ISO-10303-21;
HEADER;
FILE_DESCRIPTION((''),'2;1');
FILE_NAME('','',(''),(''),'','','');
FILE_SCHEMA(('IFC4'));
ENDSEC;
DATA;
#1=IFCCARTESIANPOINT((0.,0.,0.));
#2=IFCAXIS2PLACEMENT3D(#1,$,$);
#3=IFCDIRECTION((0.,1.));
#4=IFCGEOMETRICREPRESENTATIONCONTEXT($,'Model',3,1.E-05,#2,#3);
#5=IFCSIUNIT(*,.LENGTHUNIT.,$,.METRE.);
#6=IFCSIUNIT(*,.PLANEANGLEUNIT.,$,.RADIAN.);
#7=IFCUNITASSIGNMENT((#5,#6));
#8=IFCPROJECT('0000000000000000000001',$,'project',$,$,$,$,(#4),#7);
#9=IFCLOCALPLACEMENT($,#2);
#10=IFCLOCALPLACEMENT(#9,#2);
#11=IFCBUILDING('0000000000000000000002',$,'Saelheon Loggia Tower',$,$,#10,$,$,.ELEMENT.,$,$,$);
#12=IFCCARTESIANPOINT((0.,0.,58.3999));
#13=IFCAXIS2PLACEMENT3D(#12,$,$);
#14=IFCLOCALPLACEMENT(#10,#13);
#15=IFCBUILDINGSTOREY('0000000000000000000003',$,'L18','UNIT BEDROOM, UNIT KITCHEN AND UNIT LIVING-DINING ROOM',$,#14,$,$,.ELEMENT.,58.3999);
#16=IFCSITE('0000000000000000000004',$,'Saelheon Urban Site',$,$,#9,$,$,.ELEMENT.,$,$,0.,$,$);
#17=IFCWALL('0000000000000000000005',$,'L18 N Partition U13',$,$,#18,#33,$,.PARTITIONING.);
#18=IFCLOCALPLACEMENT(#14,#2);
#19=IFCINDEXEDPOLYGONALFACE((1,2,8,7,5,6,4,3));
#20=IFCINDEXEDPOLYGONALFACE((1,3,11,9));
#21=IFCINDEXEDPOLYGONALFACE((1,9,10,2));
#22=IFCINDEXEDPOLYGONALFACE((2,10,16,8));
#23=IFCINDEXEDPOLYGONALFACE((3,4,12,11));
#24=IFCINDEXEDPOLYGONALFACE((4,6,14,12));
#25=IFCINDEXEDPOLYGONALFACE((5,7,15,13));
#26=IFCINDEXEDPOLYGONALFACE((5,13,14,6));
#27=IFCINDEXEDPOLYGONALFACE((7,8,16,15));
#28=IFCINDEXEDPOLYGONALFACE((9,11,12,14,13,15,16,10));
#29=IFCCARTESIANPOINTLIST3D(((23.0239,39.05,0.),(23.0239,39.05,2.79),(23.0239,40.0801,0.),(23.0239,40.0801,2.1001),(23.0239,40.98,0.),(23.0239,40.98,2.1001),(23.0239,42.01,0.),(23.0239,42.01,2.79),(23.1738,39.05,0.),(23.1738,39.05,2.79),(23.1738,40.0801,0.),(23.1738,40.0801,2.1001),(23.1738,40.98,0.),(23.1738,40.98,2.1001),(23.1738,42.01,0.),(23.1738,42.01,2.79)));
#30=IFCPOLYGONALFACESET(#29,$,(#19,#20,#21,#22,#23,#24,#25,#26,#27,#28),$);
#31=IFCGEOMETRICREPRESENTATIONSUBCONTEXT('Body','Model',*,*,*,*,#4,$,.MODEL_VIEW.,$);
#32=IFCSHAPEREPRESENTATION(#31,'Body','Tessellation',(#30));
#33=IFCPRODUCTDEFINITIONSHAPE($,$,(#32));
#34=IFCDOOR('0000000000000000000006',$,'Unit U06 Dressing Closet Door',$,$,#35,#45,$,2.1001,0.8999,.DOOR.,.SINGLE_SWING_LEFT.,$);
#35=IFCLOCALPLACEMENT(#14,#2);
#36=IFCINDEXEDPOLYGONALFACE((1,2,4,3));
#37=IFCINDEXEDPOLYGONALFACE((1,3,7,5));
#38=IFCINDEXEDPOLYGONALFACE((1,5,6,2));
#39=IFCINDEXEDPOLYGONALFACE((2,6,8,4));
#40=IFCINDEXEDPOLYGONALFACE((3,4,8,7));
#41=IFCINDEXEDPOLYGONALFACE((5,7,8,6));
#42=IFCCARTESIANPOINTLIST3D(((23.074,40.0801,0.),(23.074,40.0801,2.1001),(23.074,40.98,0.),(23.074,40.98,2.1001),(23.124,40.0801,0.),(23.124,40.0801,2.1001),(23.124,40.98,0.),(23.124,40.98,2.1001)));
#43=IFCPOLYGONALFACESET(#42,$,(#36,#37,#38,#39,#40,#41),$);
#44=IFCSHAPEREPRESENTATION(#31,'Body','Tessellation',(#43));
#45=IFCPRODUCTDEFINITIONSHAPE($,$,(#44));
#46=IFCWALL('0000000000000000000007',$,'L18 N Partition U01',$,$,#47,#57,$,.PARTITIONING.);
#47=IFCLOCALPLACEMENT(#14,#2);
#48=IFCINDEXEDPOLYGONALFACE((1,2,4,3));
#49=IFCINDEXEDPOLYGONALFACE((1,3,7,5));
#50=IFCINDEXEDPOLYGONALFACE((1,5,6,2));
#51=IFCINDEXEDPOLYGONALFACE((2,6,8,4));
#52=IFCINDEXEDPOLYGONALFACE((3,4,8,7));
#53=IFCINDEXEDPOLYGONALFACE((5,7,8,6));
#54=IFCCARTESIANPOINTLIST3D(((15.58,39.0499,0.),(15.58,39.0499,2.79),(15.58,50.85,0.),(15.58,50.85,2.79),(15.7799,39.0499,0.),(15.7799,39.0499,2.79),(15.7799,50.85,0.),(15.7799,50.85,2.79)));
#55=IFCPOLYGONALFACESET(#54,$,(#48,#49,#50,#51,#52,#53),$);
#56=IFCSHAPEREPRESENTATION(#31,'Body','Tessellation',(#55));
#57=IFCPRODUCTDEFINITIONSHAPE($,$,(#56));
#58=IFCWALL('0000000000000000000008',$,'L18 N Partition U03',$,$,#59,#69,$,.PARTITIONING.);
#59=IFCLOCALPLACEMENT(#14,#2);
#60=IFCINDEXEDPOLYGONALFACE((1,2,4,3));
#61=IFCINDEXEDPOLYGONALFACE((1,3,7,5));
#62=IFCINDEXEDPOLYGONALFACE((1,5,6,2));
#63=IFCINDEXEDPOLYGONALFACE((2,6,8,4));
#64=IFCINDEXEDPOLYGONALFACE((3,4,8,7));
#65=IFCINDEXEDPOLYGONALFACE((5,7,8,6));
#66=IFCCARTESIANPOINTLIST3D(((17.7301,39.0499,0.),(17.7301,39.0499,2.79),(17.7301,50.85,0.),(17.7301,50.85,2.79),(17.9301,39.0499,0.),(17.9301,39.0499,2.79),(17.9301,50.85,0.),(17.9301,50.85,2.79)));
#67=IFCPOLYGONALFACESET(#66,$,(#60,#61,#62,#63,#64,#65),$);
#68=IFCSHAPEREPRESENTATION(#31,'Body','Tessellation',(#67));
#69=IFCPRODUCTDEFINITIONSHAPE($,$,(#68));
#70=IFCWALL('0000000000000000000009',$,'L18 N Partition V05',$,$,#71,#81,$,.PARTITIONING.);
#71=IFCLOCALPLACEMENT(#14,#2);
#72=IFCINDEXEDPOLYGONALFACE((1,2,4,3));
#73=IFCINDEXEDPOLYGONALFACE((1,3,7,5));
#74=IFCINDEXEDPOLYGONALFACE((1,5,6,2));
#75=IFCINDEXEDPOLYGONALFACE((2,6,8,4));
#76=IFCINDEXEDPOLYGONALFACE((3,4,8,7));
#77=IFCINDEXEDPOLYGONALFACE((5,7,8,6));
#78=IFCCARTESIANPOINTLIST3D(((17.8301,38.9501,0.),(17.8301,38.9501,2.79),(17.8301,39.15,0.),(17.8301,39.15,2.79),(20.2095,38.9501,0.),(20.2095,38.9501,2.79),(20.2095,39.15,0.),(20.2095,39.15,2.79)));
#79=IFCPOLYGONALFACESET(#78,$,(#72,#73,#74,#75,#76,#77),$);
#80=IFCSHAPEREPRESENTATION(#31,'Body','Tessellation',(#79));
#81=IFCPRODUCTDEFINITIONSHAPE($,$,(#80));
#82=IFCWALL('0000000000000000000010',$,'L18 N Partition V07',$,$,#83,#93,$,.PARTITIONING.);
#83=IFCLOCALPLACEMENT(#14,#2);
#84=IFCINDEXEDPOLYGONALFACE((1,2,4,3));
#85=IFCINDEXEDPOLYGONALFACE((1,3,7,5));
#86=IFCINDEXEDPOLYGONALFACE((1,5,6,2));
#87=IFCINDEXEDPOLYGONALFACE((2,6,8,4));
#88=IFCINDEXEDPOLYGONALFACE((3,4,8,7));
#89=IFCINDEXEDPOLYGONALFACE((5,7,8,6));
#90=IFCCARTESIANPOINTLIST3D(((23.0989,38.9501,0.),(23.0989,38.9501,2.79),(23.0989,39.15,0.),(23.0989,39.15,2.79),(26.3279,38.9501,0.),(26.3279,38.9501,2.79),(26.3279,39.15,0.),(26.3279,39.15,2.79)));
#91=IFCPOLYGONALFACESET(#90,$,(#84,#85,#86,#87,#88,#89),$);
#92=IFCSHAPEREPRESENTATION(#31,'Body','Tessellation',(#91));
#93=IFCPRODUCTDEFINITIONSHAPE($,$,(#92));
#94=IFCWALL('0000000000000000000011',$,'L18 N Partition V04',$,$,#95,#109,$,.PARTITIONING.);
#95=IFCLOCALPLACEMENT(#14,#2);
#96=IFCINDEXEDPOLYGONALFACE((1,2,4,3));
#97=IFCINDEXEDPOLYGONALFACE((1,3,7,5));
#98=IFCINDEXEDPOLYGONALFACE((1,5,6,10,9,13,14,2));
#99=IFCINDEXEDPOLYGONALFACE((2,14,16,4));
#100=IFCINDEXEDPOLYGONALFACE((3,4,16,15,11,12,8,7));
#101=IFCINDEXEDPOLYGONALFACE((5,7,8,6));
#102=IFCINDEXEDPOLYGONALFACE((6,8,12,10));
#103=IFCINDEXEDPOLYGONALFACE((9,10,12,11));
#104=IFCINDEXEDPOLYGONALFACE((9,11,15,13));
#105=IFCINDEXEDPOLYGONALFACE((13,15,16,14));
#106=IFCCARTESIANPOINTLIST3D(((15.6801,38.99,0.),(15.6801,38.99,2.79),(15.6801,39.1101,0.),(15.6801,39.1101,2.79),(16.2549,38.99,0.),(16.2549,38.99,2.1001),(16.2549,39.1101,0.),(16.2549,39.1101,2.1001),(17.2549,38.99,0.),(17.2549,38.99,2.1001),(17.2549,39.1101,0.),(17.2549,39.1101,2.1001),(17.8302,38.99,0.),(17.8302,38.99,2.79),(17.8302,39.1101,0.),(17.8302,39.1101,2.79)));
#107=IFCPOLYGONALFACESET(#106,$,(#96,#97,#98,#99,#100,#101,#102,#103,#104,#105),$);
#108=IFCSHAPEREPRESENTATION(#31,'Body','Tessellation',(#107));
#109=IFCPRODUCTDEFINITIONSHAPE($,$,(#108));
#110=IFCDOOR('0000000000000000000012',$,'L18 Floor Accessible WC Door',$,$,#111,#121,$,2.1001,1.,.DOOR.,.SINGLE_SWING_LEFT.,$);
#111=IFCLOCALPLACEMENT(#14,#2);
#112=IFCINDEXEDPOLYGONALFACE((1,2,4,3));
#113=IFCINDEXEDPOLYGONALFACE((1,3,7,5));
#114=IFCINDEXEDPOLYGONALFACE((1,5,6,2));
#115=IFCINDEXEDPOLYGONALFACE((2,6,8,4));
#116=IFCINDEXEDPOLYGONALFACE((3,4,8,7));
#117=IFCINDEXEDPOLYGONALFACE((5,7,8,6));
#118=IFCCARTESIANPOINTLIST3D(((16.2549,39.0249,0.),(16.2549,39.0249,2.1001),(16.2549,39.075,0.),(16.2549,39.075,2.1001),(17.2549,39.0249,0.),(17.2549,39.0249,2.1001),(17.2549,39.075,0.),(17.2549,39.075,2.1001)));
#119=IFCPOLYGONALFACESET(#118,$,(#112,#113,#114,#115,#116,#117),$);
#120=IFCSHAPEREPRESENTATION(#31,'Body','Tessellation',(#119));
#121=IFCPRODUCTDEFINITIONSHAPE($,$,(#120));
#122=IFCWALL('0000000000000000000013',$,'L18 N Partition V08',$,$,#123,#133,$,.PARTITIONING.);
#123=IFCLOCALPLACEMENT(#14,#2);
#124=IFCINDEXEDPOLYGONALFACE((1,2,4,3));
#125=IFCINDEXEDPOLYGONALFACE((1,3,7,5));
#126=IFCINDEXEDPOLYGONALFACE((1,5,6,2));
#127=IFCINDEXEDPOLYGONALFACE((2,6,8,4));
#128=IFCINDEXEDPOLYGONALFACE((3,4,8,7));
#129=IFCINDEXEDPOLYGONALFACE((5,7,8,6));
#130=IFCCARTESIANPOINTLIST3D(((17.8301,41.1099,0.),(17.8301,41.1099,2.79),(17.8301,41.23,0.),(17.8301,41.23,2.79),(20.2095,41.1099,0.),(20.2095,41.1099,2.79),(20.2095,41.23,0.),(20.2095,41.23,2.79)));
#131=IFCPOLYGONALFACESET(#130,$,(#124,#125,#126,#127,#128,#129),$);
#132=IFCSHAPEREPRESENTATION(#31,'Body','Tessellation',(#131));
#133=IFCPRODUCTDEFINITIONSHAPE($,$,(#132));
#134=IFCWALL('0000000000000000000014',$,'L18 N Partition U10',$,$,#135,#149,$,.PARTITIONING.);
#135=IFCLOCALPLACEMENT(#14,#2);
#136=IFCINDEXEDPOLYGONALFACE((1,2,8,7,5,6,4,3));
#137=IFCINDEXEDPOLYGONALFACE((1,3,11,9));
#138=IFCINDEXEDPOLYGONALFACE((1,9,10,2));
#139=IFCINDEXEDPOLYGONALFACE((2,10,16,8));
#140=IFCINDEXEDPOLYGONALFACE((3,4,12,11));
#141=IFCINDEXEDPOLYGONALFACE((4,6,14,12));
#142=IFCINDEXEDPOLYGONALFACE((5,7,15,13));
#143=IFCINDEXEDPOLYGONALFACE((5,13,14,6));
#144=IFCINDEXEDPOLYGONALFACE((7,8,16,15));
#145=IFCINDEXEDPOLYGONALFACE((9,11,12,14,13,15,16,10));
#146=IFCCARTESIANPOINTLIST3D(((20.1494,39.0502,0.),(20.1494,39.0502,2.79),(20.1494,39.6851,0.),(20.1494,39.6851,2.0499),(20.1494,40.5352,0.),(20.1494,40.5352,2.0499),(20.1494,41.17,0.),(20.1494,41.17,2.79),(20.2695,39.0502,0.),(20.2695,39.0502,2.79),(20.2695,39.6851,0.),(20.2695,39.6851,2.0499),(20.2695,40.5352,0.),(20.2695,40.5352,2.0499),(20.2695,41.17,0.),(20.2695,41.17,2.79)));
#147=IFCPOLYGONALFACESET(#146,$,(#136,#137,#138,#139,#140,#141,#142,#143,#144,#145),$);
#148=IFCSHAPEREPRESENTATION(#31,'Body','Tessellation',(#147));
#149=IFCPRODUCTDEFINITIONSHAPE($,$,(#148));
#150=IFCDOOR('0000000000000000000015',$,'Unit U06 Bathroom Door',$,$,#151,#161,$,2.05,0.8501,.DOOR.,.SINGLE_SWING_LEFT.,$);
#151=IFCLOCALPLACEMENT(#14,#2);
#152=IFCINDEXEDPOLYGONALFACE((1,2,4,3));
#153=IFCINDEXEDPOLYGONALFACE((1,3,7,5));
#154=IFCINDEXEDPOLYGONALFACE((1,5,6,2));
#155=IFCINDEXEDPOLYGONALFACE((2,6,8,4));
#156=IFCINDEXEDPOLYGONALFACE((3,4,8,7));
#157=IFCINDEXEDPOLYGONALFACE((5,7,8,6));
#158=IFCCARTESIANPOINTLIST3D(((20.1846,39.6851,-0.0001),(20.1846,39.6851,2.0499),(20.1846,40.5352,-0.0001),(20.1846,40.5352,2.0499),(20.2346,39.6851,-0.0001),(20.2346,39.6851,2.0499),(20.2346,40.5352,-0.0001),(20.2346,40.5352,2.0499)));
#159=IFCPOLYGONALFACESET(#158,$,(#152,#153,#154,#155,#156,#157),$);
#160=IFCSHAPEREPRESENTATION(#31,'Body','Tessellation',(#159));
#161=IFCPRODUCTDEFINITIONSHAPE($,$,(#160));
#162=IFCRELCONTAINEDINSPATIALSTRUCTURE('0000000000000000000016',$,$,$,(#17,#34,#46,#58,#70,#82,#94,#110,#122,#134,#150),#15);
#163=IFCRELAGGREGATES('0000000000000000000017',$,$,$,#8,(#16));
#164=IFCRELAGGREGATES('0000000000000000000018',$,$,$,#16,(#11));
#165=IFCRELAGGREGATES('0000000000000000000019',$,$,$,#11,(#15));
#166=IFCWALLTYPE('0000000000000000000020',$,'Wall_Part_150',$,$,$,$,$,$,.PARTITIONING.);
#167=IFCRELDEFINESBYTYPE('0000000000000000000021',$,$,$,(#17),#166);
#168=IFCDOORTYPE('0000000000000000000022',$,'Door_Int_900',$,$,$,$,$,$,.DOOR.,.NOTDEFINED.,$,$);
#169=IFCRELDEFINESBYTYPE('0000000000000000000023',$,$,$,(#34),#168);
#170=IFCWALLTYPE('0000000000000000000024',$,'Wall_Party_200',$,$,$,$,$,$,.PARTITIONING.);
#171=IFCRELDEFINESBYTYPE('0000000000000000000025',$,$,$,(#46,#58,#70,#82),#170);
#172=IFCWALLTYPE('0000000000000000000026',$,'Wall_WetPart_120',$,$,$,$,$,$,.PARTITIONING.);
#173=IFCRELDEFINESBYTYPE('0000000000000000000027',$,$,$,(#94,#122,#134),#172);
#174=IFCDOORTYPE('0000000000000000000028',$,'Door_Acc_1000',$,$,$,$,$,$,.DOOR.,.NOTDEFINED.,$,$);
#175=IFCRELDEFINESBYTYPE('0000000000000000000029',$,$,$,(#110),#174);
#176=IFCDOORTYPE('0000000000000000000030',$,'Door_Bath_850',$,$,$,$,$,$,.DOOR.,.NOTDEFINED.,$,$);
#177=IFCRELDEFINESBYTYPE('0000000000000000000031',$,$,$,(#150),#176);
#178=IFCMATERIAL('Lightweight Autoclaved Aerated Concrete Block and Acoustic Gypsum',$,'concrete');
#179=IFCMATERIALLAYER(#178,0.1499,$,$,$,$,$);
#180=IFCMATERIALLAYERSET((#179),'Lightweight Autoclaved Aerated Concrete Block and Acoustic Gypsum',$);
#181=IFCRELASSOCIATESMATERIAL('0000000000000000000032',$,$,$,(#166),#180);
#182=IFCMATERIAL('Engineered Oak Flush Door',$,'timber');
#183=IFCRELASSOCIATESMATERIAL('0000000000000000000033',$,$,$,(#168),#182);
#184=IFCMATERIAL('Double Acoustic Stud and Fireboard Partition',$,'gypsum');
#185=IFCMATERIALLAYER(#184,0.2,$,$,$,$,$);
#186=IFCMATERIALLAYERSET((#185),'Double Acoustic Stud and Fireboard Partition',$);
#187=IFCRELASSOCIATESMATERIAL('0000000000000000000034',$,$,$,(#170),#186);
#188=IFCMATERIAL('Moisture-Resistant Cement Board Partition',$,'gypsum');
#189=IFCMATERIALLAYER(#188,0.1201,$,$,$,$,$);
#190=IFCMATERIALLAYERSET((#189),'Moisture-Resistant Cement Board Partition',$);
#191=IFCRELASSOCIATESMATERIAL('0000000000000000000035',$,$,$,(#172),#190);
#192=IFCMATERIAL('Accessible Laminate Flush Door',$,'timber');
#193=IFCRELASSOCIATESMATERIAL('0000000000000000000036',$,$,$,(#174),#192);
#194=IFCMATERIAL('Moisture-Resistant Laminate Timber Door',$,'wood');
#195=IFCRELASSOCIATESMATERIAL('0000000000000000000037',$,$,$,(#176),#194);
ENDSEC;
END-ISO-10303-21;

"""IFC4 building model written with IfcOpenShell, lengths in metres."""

from ifc_helpers import new_model, si_unit, direction, frame, frame_2d, origin, place, context, subcontext, project, spatial, rectangle, extrude, source, transform, mapped, material, layer, layer_set, type_object, element, fill, save


model = new_model("IFC4")

# Units and contexts
model_context = context("Model", 3, precision=1e-05, world=origin(), true_north=direction((0.0, 1.0)))
body_context = subcontext(model_context, "Body", "Model", "MODEL_VIEW")
ifc_project = project(units=[si_unit("LENGTHUNIT", "METRE"), si_unit("PLANEANGLEUNIT", "RADIAN")], contexts=[model_context])

# Site, building, storey
site_placement = place(None, origin())
site = spatial("IfcSite", under=ifc_project, at=site_placement, Name="Saelheon Urban Site", CompositionType="ELEMENT", RefElevation=0.0)
building_placement = place(site_placement, origin())
building = spatial("IfcBuilding", under=site, at=building_placement, Name="Saelheon Loggia Tower", CompositionType="ELEMENT")
storey_placement = place(building_placement, frame((0.0, 0.0, 58.3999)))
storey = spatial("IfcBuildingStorey", under=building, at=storey_placement, Name="L18", Description="UNIT BEDROOM, UNIT KITCHEN AND UNIT LIVING-DINING ROOM", CompositionType="ELEMENT", Elevation=58.3999)

# Wall, opening, door
ifc_material_1 = material(Name="Lightweight Autoclaved Aerated Concrete Block and Acoustic Gypsum", Category="concrete")
ifc_layer_1 = layer(ifc_material_1, 0.1499)
ifc_layer_set_1 = layer_set([ifc_layer_1], Name="Lightweight Autoclaved Aerated Concrete Block and Acoustic Gypsum")
wall_type_1 = type_object("IfcWallType", Name="Wall_Part_150", PredefinedType="PARTITIONING", material=ifc_layer_set_1)
wall_1_placement = place(storey_placement, frame((23.0989, 39.05, 0.0), z_axis=(0.0, 0.0, 1.0), x_axis=(0.0, 1.0, 0.0)))
wall_1 = element("IfcWall", 1, at=wall_1_placement, inside=storey, type_object=wall_type_1, Name="L18 N Partition U13", PredefinedType="PARTITIONING", context=body_context, shape_type="SweptSolid", body=[
    extrude(rectangle(XDim=2.96, YDim=0.1499, at=frame_2d((1.48, 0.0))), origin(), (0.0, 0.0, 1.0), 2.79),
])
opening_1_placement = place(wall_1_placement, frame((1.03, 0.0, 0.0)))
opening_1 = element("IfcOpeningElement", 2, at=opening_1_placement, cuts=wall_1, PredefinedType="OPENING", context=body_context, shape_type="SweptSolid", body=[
    extrude(rectangle(XDim=0.8999, YDim=2.1001, at=frame_2d((0.45, 1.05))), frame((0.0, 0.0869, 0.0), z_axis=(0.0, -1.0, 0.0), x_axis=(1.0, 0.0, 0.0)), (0.0, 0.0, 1.0), 0.1738),
])
ifc_material_2 = material(Name="Engineered Oak Flush Door", Category="timber")
door_type_1 = type_object("IfcDoorType", Name="Door_Int_900", OperationType="NOTDEFINED", PredefinedType="DOOR", material=ifc_material_2)
shared_shape_1 = source(origin(), body_context, "Body", "SweptSolid", [
    extrude(rectangle(XDim=0.8999, YDim=2.1001, at=frame_2d((0.45, 1.05))), frame((0.0, 0.0249, 0.0), z_axis=(0.0, -1.0, 0.0), x_axis=(1.0, 0.0, 0.0)), (0.0, 0.0, 1.0), 0.05),
])
door_1_placement = place(opening_1_placement, origin())
door_1 = element("IfcDoor", 3, at=door_1_placement, inside=storey, type_object=door_type_1, Name="Unit U06 Dressing Closet Door", OperationType="SINGLE_SWING_LEFT", OverallHeight=2.1001, OverallWidth=0.8999, PredefinedType="DOOR", context=body_context, shape_type="MappedRepresentation", body=[
    mapped(shared_shape_1, transform((0.0, 0.0, 0.0), scale=1.0)),
])
fill(opening_1, door_1)

# Walls
ifc_material_3 = material(Name="Double Acoustic Stud and Fireboard Partition", Category="gypsum")
ifc_layer_2 = layer(ifc_material_3, 0.2)
ifc_layer_set_2 = layer_set([ifc_layer_2], Name="Double Acoustic Stud and Fireboard Partition")
wall_type_2 = type_object("IfcWallType", Name="Wall_Party_200", PredefinedType="PARTITIONING", material=ifc_layer_set_2)
for number, where, z_axis, x_axis, name in (
    (4, (15.6799, 39.05, 0.0), (0.0, 0.0, 1.0), (0.0, 1.0, 0.0), "L18 N Partition U01"),
    (5, (17.8301, 39.05, 0.0), (0.0, 0.0, 1.0), (0.0, 1.0, 0.0), "L18 N Partition U03"),
):
    element("IfcWall", number, at=place(storey_placement, frame(where, z_axis=z_axis, x_axis=x_axis)), inside=storey, type_object=wall_type_2, Name=name, PredefinedType="PARTITIONING", context=body_context, shape_type="SweptSolid", body=[
        extrude(rectangle(XDim=11.8, YDim=0.2, at=frame_2d((5.8999, 0.0))), origin(), (0.0, 0.0, 1.0), 2.79),
    ])
wall_2_placement = place(storey_placement, frame((17.8301, 39.05, 0.0), z_axis=(0.0, 0.0, 1.0), x_axis=(1.0, 0.0, 0.0)))
element("IfcWall", 6, at=wall_2_placement, inside=storey, type_object=wall_type_2, Name="L18 N Partition V05", PredefinedType="PARTITIONING", context=body_context, shape_type="SweptSolid", body=[
    extrude(rectangle(XDim=2.3794, YDim=0.2, at=frame_2d((1.1897, 0.0))), origin(), (0.0, 0.0, 1.0), 2.79),
])

# Wall
wall_3_placement = place(storey_placement, frame((23.0989, 39.05, 0.0), z_axis=(0.0, 0.0, 1.0), x_axis=(1.0, 0.0, 0.0)))
element("IfcWall", 7, at=wall_3_placement, inside=storey, type_object=wall_type_2, Name="L18 N Partition V07", PredefinedType="PARTITIONING", context=body_context, shape_type="SweptSolid", body=[
    extrude(rectangle(XDim=3.229, YDim=0.2, at=frame_2d((1.6145, 0.0))), origin(), (0.0, 0.0, 1.0), 2.79),
])

# Wall, opening, door
ifc_material_4 = material(Name="Moisture-Resistant Cement Board Partition", Category="gypsum")
ifc_layer_3 = layer(ifc_material_4, 0.1201)
ifc_layer_set_3 = layer_set([ifc_layer_3], Name="Moisture-Resistant Cement Board Partition")
wall_type_3 = type_object("IfcWallType", Name="Wall_WetPart_120", PredefinedType="PARTITIONING", material=ifc_layer_set_3)
wall_4_placement = place(storey_placement, frame((15.6799, 39.05, 0.0), z_axis=(0.0, 0.0, 1.0), x_axis=(1.0, 0.0, 0.0)))
wall_4 = element("IfcWall", 8, at=wall_4_placement, inside=storey, type_object=wall_type_3, Name="L18 N Partition V04", PredefinedType="PARTITIONING", context=body_context, shape_type="SweptSolid", body=[
    extrude(rectangle(XDim=2.1501, YDim=0.1201, at=frame_2d((1.0752, 0.0))), origin(), (0.0, 0.0, 1.0), 2.79),
])
opening_2_placement = place(wall_4_placement, frame((0.575, 0.0, 0.0)))
opening_2 = element("IfcOpeningElement", 9, at=opening_2_placement, cuts=wall_4, PredefinedType="OPENING", context=body_context, shape_type="SweptSolid", body=[
    extrude(rectangle(XDim=1.0, YDim=2.1001, at=frame_2d((0.5, 1.05))), frame((0.0, 0.072, 0.0), z_axis=(0.0, -1.0, 0.0), x_axis=(1.0, 0.0, 0.0)), (0.0, 0.0, 1.0), 0.144),
])
ifc_material_5 = material(Name="Accessible Laminate Flush Door", Category="timber")
door_type_2 = type_object("IfcDoorType", Name="Door_Acc_1000", OperationType="NOTDEFINED", PredefinedType="DOOR", material=ifc_material_5)
shared_shape_2 = source(origin(), body_context, "Body", "SweptSolid", [
    extrude(rectangle(XDim=1.0, YDim=2.1001, at=frame_2d((0.5, 1.05))), frame((0.0, 0.0249, 0.0), z_axis=(0.0, -1.0, 0.0), x_axis=(1.0, 0.0, 0.0)), (0.0, 0.0, 1.0), 0.05),
])
door_2_placement = place(opening_2_placement, origin())
door_2 = element("IfcDoor", 10, at=door_2_placement, inside=storey, type_object=door_type_2, Name="L18 Floor Accessible WC Door", OperationType="SINGLE_SWING_LEFT", OverallHeight=2.1001, OverallWidth=1.0, PredefinedType="DOOR", context=body_context, shape_type="MappedRepresentation", body=[
    mapped(shared_shape_2, transform((0.0, 0.0, 0.0), scale=1.0)),
])
fill(opening_2, door_2)

# Wall
wall_5_placement = place(storey_placement, frame((17.8301, 41.1699, 0.0), z_axis=(0.0, 0.0, 1.0), x_axis=(1.0, 0.0, 0.0)))
element("IfcWall", 11, at=wall_5_placement, inside=storey, type_object=wall_type_3, Name="L18 N Partition V08", PredefinedType="PARTITIONING", context=body_context, shape_type="SweptSolid", body=[
    extrude(rectangle(XDim=2.3794, YDim=0.1201, at=frame_2d((1.1897, 0.0))), origin(), (0.0, 0.0, 1.0), 2.79),
])

# Wall, opening, door
wall_6_placement = place(storey_placement, frame((20.2095, 39.05, 0.0), z_axis=(0.0, 0.0, 1.0), x_axis=(0.0, 1.0, 0.0)))
wall_6 = element("IfcWall", 12, at=wall_6_placement, inside=storey, type_object=wall_type_3, Name="L18 N Partition U10", PredefinedType="PARTITIONING", context=body_context, shape_type="SweptSolid", body=[
    extrude(rectangle(XDim=2.1199, YDim=0.1201, at=frame_2d((1.0601, 0.0))), origin(), (0.0, 0.0, 1.0), 2.79),
])
opening_3_placement = place(wall_6_placement, frame((0.635, 0.0, 0.0)))
opening_3 = element("IfcOpeningElement", 13, at=opening_3_placement, cuts=wall_6, PredefinedType="OPENING", context=body_context, shape_type="SweptSolid", body=[
    extrude(rectangle(XDim=0.8501, YDim=2.05, at=frame_2d((0.425, 1.0249))), frame((0.0, 0.072, 0.0), z_axis=(0.0, -1.0, 0.0), x_axis=(1.0, 0.0, 0.0)), (0.0, 0.0, 1.0), 0.144),
])
ifc_material_6 = material(Name="Moisture-Resistant Laminate Timber Door", Category="wood")
door_type_3 = type_object("IfcDoorType", Name="Door_Bath_850", OperationType="NOTDEFINED", PredefinedType="DOOR", material=ifc_material_6)
shared_shape_3 = source(origin(), body_context, "Body", "SweptSolid", [
    extrude(rectangle(XDim=0.8501, YDim=2.05, at=frame_2d((0.425, 1.0249))), frame((0.0, 0.0249, 0.0), z_axis=(0.0, -1.0, 0.0), x_axis=(1.0, 0.0, 0.0)), (0.0, 0.0, 1.0), 0.05),
])
door_3_placement = place(opening_3_placement, origin())
door_3 = element("IfcDoor", 14, at=door_3_placement, inside=storey, type_object=door_type_3, Name="Unit U06 Bathroom Door", OperationType="SINGLE_SWING_LEFT", OverallHeight=2.05, OverallWidth=0.8501, PredefinedType="DOOR", context=body_context, shape_type="MappedRepresentation", body=[
    mapped(shared_shape_3, transform((0.0, 0.0, 0.0), scale=1.0)),
])
fill(opening_3, door_3)

save(model, "model.ifc")
